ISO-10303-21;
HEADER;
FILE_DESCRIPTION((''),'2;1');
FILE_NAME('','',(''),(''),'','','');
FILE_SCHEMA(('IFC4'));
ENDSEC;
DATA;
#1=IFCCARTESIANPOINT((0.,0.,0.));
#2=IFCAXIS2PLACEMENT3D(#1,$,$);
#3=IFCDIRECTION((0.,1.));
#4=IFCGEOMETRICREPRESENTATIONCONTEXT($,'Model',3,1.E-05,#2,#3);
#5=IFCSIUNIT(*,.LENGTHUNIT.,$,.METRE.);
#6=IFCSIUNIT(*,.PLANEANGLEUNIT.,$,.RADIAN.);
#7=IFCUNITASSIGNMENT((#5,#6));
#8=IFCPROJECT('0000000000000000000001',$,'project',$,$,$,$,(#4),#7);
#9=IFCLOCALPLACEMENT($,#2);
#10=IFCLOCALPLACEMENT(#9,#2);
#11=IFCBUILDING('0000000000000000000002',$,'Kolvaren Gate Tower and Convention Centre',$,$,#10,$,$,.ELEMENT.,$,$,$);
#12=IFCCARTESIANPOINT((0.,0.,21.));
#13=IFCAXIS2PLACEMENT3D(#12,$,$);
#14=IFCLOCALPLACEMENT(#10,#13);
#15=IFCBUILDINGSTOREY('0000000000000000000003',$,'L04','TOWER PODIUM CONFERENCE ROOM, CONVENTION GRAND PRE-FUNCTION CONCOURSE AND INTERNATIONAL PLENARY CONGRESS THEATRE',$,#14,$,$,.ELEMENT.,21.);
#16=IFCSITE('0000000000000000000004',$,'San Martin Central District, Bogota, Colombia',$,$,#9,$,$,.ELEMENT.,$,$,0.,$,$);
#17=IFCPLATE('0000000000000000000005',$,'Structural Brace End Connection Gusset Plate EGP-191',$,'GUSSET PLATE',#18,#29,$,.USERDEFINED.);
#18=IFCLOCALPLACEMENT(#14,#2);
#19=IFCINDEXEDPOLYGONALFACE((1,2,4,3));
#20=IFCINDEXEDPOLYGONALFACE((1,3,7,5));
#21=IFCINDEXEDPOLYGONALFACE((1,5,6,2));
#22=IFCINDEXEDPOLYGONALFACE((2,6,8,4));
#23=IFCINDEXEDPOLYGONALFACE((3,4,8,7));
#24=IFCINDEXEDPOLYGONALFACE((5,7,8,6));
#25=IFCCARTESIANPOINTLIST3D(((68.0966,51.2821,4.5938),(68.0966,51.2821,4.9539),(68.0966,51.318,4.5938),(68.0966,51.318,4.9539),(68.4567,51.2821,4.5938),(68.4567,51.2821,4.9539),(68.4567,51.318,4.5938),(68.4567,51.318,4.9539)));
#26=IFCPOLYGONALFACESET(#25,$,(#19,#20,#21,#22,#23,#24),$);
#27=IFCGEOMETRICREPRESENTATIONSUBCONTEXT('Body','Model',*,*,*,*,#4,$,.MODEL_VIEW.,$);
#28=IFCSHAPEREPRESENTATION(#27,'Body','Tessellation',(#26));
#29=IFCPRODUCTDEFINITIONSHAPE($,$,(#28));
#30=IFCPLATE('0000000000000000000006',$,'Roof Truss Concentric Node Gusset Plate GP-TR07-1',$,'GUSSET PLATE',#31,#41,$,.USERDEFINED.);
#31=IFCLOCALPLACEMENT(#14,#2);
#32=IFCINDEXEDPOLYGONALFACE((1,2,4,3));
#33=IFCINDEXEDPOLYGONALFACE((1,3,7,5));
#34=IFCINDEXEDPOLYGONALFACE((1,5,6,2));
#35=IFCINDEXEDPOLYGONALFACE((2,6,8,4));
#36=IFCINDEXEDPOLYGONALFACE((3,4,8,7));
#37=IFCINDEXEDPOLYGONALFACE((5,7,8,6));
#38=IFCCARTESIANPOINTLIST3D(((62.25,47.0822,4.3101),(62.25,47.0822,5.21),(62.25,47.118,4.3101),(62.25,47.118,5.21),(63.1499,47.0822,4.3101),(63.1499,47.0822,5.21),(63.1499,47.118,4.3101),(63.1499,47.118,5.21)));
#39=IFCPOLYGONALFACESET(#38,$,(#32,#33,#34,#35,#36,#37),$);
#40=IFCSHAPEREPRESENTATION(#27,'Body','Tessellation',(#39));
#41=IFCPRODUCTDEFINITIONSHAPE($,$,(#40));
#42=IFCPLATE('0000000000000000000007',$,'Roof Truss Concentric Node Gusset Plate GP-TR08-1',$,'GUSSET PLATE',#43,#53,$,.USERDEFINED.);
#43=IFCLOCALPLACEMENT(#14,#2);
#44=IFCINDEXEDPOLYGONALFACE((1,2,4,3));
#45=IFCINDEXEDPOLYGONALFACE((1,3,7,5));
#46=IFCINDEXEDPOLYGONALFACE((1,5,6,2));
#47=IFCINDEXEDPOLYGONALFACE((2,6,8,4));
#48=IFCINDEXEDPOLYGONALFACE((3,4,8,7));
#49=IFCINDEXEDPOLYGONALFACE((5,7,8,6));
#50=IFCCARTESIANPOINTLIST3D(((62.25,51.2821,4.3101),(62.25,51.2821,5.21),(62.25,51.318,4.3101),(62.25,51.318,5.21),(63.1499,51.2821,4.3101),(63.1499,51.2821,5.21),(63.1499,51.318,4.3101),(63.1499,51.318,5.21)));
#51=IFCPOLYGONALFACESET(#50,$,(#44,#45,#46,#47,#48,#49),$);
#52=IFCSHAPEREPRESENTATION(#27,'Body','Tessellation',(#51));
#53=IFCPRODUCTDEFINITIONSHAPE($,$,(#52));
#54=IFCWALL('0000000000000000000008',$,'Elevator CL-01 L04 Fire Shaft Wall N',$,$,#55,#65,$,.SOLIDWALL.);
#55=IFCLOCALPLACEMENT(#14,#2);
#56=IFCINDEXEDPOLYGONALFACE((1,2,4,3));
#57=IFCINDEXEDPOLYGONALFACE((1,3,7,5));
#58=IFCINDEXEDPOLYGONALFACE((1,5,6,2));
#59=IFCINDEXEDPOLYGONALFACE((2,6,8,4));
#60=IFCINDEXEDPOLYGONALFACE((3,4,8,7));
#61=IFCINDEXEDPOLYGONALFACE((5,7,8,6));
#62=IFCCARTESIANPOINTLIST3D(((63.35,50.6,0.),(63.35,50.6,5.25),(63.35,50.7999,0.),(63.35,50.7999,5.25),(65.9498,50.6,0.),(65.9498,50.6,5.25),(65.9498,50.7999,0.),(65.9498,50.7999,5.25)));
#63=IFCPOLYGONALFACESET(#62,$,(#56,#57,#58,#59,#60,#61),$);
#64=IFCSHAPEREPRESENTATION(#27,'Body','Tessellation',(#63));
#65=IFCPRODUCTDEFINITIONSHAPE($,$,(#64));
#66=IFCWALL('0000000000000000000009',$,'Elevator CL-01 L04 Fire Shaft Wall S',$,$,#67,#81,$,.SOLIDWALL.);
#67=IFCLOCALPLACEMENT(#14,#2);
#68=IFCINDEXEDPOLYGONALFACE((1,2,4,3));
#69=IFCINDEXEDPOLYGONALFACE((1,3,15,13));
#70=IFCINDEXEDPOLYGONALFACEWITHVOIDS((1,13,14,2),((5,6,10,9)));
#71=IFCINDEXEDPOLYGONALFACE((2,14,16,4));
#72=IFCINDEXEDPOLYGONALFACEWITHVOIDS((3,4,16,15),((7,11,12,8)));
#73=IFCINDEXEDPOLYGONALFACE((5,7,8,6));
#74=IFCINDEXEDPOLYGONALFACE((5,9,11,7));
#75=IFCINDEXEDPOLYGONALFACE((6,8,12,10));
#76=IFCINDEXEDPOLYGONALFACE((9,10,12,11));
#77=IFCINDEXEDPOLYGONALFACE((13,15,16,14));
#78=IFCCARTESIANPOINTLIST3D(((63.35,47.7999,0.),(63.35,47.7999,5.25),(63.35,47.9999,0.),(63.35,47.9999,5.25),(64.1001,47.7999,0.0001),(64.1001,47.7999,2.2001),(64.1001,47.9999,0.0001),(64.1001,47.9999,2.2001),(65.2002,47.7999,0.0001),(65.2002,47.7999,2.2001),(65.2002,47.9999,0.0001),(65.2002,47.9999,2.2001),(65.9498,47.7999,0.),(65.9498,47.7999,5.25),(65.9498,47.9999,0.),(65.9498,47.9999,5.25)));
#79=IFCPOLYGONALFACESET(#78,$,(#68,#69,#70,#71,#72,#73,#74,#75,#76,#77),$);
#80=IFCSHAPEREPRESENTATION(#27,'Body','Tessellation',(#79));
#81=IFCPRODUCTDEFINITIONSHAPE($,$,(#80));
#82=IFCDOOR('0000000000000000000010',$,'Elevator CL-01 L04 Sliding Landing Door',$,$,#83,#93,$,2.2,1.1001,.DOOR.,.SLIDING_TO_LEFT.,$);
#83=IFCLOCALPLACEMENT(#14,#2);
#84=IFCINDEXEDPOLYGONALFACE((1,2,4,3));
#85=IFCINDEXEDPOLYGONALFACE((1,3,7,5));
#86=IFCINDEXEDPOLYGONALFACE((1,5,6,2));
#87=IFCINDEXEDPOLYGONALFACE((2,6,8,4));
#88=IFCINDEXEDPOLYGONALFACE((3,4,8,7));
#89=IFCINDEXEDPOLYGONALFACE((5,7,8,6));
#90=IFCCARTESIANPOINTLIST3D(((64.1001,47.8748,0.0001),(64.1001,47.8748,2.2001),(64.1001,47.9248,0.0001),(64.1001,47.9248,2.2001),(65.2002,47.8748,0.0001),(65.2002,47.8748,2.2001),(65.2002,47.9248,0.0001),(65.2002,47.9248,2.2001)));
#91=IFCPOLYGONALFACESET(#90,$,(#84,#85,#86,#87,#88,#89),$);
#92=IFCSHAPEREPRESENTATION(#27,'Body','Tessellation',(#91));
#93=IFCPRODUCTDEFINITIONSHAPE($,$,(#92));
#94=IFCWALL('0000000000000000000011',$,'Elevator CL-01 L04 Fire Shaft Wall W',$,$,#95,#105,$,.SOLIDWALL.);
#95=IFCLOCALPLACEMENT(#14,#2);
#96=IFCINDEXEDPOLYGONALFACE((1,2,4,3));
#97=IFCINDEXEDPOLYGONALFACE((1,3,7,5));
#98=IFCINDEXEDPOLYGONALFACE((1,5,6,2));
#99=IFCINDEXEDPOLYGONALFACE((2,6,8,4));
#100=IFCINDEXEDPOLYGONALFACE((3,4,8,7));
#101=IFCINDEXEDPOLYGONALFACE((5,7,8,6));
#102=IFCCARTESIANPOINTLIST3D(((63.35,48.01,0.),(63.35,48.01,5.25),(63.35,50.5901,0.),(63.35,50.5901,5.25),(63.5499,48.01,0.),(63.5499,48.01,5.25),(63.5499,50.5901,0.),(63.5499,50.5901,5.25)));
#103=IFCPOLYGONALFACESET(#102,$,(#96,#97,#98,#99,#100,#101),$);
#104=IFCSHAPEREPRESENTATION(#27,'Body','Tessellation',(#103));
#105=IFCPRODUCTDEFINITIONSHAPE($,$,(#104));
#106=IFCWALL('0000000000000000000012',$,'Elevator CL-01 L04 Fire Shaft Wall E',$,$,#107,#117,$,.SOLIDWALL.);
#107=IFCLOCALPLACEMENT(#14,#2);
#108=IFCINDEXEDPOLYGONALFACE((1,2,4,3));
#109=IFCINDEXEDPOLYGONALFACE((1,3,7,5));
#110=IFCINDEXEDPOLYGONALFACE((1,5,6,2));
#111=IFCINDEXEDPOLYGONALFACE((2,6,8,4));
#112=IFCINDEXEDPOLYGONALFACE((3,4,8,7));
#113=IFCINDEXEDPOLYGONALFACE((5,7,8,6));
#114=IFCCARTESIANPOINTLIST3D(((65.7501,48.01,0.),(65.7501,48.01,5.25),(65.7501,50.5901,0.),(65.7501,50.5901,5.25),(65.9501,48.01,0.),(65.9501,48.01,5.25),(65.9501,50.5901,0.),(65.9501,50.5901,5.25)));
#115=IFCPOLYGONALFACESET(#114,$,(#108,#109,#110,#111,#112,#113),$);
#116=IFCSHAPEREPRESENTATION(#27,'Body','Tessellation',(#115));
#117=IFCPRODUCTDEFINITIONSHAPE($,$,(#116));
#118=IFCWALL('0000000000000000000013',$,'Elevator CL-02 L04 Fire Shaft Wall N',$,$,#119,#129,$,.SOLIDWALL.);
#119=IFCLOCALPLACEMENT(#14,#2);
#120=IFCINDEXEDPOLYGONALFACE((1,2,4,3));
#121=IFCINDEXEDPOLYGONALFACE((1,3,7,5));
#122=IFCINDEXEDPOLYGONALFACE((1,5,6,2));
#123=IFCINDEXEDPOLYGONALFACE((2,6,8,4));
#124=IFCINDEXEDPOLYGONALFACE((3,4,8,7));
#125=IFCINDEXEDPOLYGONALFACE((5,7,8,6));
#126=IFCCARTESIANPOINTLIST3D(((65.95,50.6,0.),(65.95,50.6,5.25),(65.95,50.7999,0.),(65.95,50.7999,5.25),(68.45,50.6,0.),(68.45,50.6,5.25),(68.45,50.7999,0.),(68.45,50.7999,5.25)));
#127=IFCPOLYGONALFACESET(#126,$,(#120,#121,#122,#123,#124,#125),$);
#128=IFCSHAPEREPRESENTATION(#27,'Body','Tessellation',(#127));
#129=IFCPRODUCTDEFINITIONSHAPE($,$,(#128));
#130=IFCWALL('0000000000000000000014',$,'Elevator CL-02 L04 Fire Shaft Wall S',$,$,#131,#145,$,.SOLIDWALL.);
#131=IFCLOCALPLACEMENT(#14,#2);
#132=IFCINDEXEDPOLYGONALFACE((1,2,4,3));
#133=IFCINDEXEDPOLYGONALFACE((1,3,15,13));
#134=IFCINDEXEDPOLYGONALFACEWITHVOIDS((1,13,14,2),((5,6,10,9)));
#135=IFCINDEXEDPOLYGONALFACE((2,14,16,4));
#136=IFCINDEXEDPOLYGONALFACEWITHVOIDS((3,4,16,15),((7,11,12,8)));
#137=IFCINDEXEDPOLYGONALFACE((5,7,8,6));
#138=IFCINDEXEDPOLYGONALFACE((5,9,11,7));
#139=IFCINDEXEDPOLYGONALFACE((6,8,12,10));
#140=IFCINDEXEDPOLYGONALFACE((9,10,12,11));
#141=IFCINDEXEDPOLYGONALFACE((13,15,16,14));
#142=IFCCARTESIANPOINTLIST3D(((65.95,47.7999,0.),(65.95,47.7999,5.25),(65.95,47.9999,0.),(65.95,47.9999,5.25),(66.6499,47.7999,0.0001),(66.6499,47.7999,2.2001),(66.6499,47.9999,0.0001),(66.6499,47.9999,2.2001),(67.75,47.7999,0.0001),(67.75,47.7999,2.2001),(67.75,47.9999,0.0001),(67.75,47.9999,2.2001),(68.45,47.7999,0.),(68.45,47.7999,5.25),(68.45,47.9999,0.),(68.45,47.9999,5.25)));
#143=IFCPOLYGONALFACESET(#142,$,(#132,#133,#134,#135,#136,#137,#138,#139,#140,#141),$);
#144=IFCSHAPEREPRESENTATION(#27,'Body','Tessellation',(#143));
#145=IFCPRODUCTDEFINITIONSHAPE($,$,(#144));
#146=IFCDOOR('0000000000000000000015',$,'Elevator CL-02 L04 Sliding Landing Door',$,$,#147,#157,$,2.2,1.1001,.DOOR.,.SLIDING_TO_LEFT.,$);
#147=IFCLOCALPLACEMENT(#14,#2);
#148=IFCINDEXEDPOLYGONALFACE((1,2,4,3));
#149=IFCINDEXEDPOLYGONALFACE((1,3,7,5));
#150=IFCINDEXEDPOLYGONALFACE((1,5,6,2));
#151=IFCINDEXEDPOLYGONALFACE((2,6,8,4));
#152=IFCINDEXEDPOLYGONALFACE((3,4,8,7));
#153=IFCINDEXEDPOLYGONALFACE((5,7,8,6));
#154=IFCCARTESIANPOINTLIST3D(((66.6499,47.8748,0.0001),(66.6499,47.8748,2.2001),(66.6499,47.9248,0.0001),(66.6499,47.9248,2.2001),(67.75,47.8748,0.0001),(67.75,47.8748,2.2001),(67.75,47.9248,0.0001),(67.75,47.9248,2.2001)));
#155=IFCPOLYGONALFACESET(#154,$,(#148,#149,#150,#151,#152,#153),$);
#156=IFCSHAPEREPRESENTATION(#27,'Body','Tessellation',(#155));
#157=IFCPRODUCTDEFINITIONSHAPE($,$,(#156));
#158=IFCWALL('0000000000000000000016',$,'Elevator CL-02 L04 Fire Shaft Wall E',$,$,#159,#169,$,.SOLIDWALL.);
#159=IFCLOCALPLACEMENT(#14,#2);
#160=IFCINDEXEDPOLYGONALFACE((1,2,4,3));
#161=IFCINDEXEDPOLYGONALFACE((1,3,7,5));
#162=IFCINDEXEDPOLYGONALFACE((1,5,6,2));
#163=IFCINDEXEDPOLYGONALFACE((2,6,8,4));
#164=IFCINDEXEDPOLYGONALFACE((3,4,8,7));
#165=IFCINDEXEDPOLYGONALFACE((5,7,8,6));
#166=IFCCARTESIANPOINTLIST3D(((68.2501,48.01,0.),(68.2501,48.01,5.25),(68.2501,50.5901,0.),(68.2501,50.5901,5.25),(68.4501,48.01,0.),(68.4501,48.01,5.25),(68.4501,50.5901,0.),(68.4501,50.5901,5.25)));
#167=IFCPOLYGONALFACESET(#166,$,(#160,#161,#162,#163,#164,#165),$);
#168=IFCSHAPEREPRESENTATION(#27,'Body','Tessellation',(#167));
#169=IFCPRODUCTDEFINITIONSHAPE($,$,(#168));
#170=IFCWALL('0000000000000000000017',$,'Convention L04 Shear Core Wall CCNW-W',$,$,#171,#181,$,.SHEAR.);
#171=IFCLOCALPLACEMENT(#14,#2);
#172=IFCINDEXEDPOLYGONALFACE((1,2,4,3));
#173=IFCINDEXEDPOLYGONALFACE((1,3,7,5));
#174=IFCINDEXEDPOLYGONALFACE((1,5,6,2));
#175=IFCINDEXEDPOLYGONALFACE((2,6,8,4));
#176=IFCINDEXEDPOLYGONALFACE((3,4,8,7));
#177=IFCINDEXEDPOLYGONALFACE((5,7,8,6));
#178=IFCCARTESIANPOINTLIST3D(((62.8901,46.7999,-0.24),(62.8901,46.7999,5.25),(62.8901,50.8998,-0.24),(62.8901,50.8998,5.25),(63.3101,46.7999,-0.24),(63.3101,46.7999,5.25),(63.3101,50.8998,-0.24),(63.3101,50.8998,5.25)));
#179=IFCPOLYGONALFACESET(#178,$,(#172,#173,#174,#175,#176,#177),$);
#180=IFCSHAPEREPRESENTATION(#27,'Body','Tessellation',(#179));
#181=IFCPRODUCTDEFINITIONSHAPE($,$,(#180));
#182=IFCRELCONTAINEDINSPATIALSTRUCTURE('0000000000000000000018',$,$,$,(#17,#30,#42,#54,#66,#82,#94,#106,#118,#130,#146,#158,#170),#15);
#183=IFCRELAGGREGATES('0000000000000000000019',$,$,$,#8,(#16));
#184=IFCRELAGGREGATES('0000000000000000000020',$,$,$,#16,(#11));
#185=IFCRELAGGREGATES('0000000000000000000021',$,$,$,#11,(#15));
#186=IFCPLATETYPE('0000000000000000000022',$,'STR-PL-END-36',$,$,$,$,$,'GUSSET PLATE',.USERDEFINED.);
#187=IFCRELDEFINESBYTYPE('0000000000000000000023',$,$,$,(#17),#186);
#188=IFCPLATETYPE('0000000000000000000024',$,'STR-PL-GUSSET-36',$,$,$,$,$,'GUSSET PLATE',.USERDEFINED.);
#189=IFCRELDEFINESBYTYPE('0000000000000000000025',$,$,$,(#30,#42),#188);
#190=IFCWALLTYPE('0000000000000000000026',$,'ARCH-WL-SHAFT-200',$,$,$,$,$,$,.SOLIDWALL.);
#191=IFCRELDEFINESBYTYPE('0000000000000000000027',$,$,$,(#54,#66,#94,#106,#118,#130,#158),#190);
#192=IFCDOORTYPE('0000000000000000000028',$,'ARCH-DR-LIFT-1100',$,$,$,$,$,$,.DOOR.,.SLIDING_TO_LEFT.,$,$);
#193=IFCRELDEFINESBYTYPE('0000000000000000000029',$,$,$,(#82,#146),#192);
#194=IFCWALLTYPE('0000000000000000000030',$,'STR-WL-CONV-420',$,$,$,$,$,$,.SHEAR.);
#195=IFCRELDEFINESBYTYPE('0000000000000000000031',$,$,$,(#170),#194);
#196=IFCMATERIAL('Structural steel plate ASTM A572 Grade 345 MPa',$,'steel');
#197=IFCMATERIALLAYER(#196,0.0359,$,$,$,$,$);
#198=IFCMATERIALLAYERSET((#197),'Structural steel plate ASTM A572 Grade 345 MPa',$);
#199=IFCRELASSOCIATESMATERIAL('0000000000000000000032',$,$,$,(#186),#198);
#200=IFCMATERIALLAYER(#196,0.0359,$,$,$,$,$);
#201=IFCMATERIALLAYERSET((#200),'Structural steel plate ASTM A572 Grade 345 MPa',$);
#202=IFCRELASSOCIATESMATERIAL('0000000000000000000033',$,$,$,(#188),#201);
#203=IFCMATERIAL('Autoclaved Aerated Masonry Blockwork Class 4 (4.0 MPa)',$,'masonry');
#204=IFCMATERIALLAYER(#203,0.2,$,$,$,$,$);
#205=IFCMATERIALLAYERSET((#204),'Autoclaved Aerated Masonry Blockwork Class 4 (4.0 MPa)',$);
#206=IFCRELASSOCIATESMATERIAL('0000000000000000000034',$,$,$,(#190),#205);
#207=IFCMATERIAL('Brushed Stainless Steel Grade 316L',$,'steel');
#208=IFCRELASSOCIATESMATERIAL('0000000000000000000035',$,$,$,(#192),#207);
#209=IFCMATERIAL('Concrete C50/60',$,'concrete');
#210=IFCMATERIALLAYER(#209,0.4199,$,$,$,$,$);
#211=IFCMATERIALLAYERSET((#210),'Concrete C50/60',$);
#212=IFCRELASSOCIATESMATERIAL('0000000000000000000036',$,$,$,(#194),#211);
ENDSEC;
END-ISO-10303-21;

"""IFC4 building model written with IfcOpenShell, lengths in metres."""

from ifc_helpers import new_model, si_unit, direction, frame, frame_2d, origin, origin_2d, place, context, subcontext, project, spatial, rectangle, extrude, material, layer, layer_set, type_object, element, fill, save


model = new_model("IFC4")

# Units and contexts
model_context = context("Model", 3, precision=1e-05, world=origin(), true_north=direction((0.0, 1.0)))
body_context = subcontext(model_context, "Body", "Model", "MODEL_VIEW")
ifc_project = project(units=[si_unit("LENGTHUNIT", "METRE"), si_unit("PLANEANGLEUNIT", "RADIAN")], contexts=[model_context])

# Site, building, storey
site_placement = place(None, origin())
site = spatial("IfcSite", under=ifc_project, at=site_placement, Name="San Martin Central District, Bogota, Colombia", CompositionType="ELEMENT", RefElevation=0.0)
building_placement = place(site_placement, origin())
building = spatial("IfcBuilding", under=site, at=building_placement, Name="Kolvaren Gate Tower and Convention Centre", CompositionType="ELEMENT")
storey_placement = place(building_placement, frame((0.0, 0.0, 21.0)))
storey = spatial("IfcBuildingStorey", under=building, at=storey_placement, Name="L04", Description="TOWER PODIUM CONFERENCE ROOM, CONVENTION GRAND PRE-FUNCTION CONCOURSE AND INTERNATIONAL PLENARY CONGRESS THEATRE", CompositionType="ELEMENT", Elevation=21.0)

# Plates
ifc_material_1 = material(Name="Structural steel plate ASTM A572 Grade 345 MPa", Category="steel")
ifc_layer_1 = layer(ifc_material_1, 0.0359)
ifc_layer_set_1 = layer_set([ifc_layer_1], Name="Structural steel plate ASTM A572 Grade 345 MPa")
plate_type_1 = type_object("IfcPlateType", Name="STR-PL-END-36", ElementType="GUSSET PLATE", PredefinedType="USERDEFINED", material=ifc_layer_set_1)
for number, where, z_axis, x_axis, name in (
    (1, (68.2766, 51.3, 4.5938), (0.0, 0.0, 1.0), (1.0, 0.0, 0.0), "Structural Brace End Connection Gusset Plate EGP-191"),
):
    element("IfcPlate", number, at=place(storey_placement, frame(where, z_axis=z_axis, x_axis=x_axis)), inside=storey, type_object=plate_type_1, Name=name, ObjectType="GUSSET PLATE", PredefinedType="USERDEFINED", context=body_context, shape_type="SweptSolid", body=[
        extrude(rectangle(XDim=0.3601, YDim=0.0359, at=origin_2d()), origin(), (0.0, 0.0, 1.0), 0.3601),
    ])
ifc_layer_2 = layer(ifc_material_1, 0.0359)
ifc_layer_set_2 = layer_set([ifc_layer_2], Name="Structural steel plate ASTM A572 Grade 345 MPa")
plate_type_2 = type_object("IfcPlateType", Name="STR-PL-GUSSET-36", ElementType="GUSSET PLATE", PredefinedType="USERDEFINED", material=ifc_layer_set_2)
for number, where, z_axis, x_axis, name in (
    (2, (62.7, 47.1001, 4.3101), (0.0, 0.0, 1.0), (1.0, 0.0, 0.0), "Roof Truss Concentric Node Gusset Plate GP-TR07-1"),
    (3, (62.7, 51.3, 4.3101), (0.0, 0.0, 1.0), (1.0, 0.0, 0.0), "Roof Truss Concentric Node Gusset Plate GP-TR08-1"),
):
    element("IfcPlate", number, at=place(storey_placement, frame(where, z_axis=z_axis, x_axis=x_axis)), inside=storey, type_object=plate_type_2, Name=name, ObjectType="GUSSET PLATE", PredefinedType="USERDEFINED", context=body_context, shape_type="SweptSolid", body=[
        extrude(rectangle(XDim=0.8999, YDim=0.0359, at=origin_2d()), origin(), (0.0, 0.0, 1.0), 0.8999),
    ])

# Wall
ifc_material_2 = material(Name="Autoclaved Aerated Masonry Blockwork Class 4 (4.0 MPa)", Category="masonry")
ifc_layer_3 = layer(ifc_material_2, 0.2)
ifc_layer_set_3 = layer_set([ifc_layer_3], Name="Autoclaved Aerated Masonry Blockwork Class 4 (4.0 MPa)")
wall_type_1 = type_object("IfcWallType", Name="ARCH-WL-SHAFT-200", PredefinedType="SOLIDWALL", material=ifc_layer_set_3)
wall_1_placement = place(storey_placement, frame((63.3501, 50.7, 0.0), z_axis=(0.0, 0.0, 1.0), x_axis=(1.0, 0.0, 0.0)))
element("IfcWall", 4, at=wall_1_placement, inside=storey, type_object=wall_type_1, Name="Elevator CL-01 L04 Fire Shaft Wall N", PredefinedType="SOLIDWALL", context=body_context, shape_type="SweptSolid", body=[
    extrude(rectangle(XDim=2.5999, YDim=0.2, at=frame_2d((1.2998, 0.0))), origin(), (0.0, 0.0, 1.0), 5.25),
])

# Wall, opening, door
wall_2_placement = place(storey_placement, frame((63.3501, 47.8999, 0.0), z_axis=(0.0, 0.0, 1.0), x_axis=(1.0, 0.0, 0.0)))
wall_2 = element("IfcWall", 5, at=wall_2_placement, inside=storey, type_object=wall_type_1, Name="Elevator CL-01 L04 Fire Shaft Wall S", PredefinedType="SOLIDWALL", context=body_context, shape_type="SweptSolid", body=[
    extrude(rectangle(XDim=2.5999, YDim=0.2, at=frame_2d((1.2998, 0.0))), origin(), (0.0, 0.0, 1.0), 5.25),
])
opening_1_placement = place(wall_2_placement, frame((0.75, 0.0, 0.0)))
opening_1 = element("IfcOpeningElement", 6, at=opening_1_placement, cuts=wall_2, PredefinedType="OPENING", context=body_context, shape_type="SweptSolid", body=[
    extrude(rectangle(XDim=1.1001, YDim=2.2, at=frame_2d((0.55, 1.1001))), frame((0.0, 0.1099, 0.0), z_axis=(0.0, -1.0, 0.0), x_axis=(1.0, 0.0, 0.0)), (0.0, 0.0, 1.0), 0.22),
])
ifc_material_3 = material(Name="Brushed Stainless Steel Grade 316L", Category="steel")
door_type = type_object("IfcDoorType", Name="ARCH-DR-LIFT-1100", OperationType="SLIDING_TO_LEFT", PredefinedType="DOOR", material=ifc_material_3)
door_1_placement = place(opening_1_placement, origin())
door_1 = element("IfcDoor", 7, at=door_1_placement, inside=storey, type_object=door_type, Name="Elevator CL-01 L04 Sliding Landing Door", OperationType="SLIDING_TO_LEFT", OverallHeight=2.2, OverallWidth=1.1001, PredefinedType="DOOR", context=body_context, shape_type="SweptSolid", body=[
    extrude(rectangle(XDim=1.1001, YDim=2.2, at=frame_2d((0.55, 1.1001))), frame((0.0, 0.0249, 0.0), z_axis=(0.0, -1.0, 0.0), x_axis=(1.0, 0.0, 0.0)), (0.0, 0.0, 1.0), 0.05),
])
fill(opening_1, door_1)

# Walls
for number, where, z_axis, x_axis, name in (
    (8, (63.45, 48.01, 0.0), (0.0, 0.0, 1.0), (0.0, 1.0, 0.0), "Elevator CL-01 L04 Fire Shaft Wall W"),
    (9, (65.8501, 48.01, 0.0), (0.0, 0.0, 1.0), (0.0, 1.0, 0.0), "Elevator CL-01 L04 Fire Shaft Wall E"),
):
    element("IfcWall", number, at=place(storey_placement, frame(where, z_axis=z_axis, x_axis=x_axis)), inside=storey, type_object=wall_type_1, Name=name, PredefinedType="SOLIDWALL", context=body_context, shape_type="SweptSolid", body=[
        extrude(rectangle(XDim=2.5801, YDim=0.2, at=frame_2d((1.29, 0.0))), origin(), (0.0, 0.0, 1.0), 5.25),
    ])
wall_3_placement = place(storey_placement, frame((65.95, 50.7, 0.0), z_axis=(0.0, 0.0, 1.0), x_axis=(1.0, 0.0, 0.0)))
element("IfcWall", 10, at=wall_3_placement, inside=storey, type_object=wall_type_1, Name="Elevator CL-02 L04 Fire Shaft Wall N", PredefinedType="SOLIDWALL", context=body_context, shape_type="SweptSolid", body=[
    extrude(rectangle(XDim=2.5, YDim=0.2, at=frame_2d((1.25, 0.0))), origin(), (0.0, 0.0, 1.0), 5.25),
])

# Wall, opening, door
wall_4_placement = place(storey_placement, frame((65.95, 47.8999, 0.0), z_axis=(0.0, 0.0, 1.0), x_axis=(1.0, 0.0, 0.0)))
wall_4 = element("IfcWall", 11, at=wall_4_placement, inside=storey, type_object=wall_type_1, Name="Elevator CL-02 L04 Fire Shaft Wall S", PredefinedType="SOLIDWALL", context=body_context, shape_type="SweptSolid", body=[
    extrude(rectangle(XDim=2.5, YDim=0.2, at=frame_2d((1.25, 0.0))), origin(), (0.0, 0.0, 1.0), 5.25),
])
opening_2_placement = place(wall_4_placement, frame((0.7, 0.0, 0.0)))
opening_2 = element("IfcOpeningElement", 12, at=opening_2_placement, cuts=wall_4, PredefinedType="OPENING", context=body_context, shape_type="SweptSolid", body=[
    extrude(rectangle(XDim=1.1001, YDim=2.2, at=frame_2d((0.55, 1.1001))), frame((0.0, 0.1099, 0.0), z_axis=(0.0, -1.0, 0.0), x_axis=(1.0, 0.0, 0.0)), (0.0, 0.0, 1.0), 0.22),
])
door_2_placement = place(opening_2_placement, origin())
door_2 = element("IfcDoor", 13, at=door_2_placement, inside=storey, type_object=door_type, Name="Elevator CL-02 L04 Sliding Landing Door", OperationType="SLIDING_TO_LEFT", OverallHeight=2.2, OverallWidth=1.1001, PredefinedType="DOOR", context=body_context, shape_type="SweptSolid", body=[
    extrude(rectangle(XDim=1.1001, YDim=2.2, at=frame_2d((0.55, 1.1001))), frame((0.0, 0.0249, 0.0), z_axis=(0.0, -1.0, 0.0), x_axis=(1.0, 0.0, 0.0)), (0.0, 0.0, 1.0), 0.05),
])
fill(opening_2, door_2)

# Walls
wall_5_placement = place(storey_placement, frame((68.3501, 48.01, 0.0), z_axis=(0.0, 0.0, 1.0), x_axis=(0.0, 1.0, 0.0)))
element("IfcWall", 14, at=wall_5_placement, inside=storey, type_object=wall_type_1, Name="Elevator CL-02 L04 Fire Shaft Wall E", PredefinedType="SOLIDWALL", context=body_context, shape_type="SweptSolid", body=[
    extrude(rectangle(XDim=2.5801, YDim=0.2, at=frame_2d((1.29, 0.0))), origin(), (0.0, 0.0, 1.0), 5.25),
])
ifc_material_4 = material(Name="Concrete C50/60", Category="concrete")
ifc_layer_4 = layer(ifc_material_4, 0.4199)
ifc_layer_set_4 = layer_set([ifc_layer_4], Name="Concrete C50/60")
wall_type_2 = type_object("IfcWallType", Name="STR-WL-CONV-420", PredefinedType="SHEAR", material=ifc_layer_set_4)
wall_6_placement = place(storey_placement, frame((63.1001, 46.8, -0.24), z_axis=(0.0, 0.0, 1.0), x_axis=(0.0, 1.0, 0.0)))
element("IfcWall", 15, at=wall_6_placement, inside=storey, type_object=wall_type_2, Name="Convention L04 Shear Core Wall CCNW-W", PredefinedType="SHEAR", context=body_context, shape_type="SweptSolid", body=[
    extrude(rectangle(XDim=4.0999, YDim=0.4199, at=frame_2d((2.0498, 0.0))), origin(), (0.0, 0.0, 1.0), 5.49),
])

save(model, "model.ifc")
